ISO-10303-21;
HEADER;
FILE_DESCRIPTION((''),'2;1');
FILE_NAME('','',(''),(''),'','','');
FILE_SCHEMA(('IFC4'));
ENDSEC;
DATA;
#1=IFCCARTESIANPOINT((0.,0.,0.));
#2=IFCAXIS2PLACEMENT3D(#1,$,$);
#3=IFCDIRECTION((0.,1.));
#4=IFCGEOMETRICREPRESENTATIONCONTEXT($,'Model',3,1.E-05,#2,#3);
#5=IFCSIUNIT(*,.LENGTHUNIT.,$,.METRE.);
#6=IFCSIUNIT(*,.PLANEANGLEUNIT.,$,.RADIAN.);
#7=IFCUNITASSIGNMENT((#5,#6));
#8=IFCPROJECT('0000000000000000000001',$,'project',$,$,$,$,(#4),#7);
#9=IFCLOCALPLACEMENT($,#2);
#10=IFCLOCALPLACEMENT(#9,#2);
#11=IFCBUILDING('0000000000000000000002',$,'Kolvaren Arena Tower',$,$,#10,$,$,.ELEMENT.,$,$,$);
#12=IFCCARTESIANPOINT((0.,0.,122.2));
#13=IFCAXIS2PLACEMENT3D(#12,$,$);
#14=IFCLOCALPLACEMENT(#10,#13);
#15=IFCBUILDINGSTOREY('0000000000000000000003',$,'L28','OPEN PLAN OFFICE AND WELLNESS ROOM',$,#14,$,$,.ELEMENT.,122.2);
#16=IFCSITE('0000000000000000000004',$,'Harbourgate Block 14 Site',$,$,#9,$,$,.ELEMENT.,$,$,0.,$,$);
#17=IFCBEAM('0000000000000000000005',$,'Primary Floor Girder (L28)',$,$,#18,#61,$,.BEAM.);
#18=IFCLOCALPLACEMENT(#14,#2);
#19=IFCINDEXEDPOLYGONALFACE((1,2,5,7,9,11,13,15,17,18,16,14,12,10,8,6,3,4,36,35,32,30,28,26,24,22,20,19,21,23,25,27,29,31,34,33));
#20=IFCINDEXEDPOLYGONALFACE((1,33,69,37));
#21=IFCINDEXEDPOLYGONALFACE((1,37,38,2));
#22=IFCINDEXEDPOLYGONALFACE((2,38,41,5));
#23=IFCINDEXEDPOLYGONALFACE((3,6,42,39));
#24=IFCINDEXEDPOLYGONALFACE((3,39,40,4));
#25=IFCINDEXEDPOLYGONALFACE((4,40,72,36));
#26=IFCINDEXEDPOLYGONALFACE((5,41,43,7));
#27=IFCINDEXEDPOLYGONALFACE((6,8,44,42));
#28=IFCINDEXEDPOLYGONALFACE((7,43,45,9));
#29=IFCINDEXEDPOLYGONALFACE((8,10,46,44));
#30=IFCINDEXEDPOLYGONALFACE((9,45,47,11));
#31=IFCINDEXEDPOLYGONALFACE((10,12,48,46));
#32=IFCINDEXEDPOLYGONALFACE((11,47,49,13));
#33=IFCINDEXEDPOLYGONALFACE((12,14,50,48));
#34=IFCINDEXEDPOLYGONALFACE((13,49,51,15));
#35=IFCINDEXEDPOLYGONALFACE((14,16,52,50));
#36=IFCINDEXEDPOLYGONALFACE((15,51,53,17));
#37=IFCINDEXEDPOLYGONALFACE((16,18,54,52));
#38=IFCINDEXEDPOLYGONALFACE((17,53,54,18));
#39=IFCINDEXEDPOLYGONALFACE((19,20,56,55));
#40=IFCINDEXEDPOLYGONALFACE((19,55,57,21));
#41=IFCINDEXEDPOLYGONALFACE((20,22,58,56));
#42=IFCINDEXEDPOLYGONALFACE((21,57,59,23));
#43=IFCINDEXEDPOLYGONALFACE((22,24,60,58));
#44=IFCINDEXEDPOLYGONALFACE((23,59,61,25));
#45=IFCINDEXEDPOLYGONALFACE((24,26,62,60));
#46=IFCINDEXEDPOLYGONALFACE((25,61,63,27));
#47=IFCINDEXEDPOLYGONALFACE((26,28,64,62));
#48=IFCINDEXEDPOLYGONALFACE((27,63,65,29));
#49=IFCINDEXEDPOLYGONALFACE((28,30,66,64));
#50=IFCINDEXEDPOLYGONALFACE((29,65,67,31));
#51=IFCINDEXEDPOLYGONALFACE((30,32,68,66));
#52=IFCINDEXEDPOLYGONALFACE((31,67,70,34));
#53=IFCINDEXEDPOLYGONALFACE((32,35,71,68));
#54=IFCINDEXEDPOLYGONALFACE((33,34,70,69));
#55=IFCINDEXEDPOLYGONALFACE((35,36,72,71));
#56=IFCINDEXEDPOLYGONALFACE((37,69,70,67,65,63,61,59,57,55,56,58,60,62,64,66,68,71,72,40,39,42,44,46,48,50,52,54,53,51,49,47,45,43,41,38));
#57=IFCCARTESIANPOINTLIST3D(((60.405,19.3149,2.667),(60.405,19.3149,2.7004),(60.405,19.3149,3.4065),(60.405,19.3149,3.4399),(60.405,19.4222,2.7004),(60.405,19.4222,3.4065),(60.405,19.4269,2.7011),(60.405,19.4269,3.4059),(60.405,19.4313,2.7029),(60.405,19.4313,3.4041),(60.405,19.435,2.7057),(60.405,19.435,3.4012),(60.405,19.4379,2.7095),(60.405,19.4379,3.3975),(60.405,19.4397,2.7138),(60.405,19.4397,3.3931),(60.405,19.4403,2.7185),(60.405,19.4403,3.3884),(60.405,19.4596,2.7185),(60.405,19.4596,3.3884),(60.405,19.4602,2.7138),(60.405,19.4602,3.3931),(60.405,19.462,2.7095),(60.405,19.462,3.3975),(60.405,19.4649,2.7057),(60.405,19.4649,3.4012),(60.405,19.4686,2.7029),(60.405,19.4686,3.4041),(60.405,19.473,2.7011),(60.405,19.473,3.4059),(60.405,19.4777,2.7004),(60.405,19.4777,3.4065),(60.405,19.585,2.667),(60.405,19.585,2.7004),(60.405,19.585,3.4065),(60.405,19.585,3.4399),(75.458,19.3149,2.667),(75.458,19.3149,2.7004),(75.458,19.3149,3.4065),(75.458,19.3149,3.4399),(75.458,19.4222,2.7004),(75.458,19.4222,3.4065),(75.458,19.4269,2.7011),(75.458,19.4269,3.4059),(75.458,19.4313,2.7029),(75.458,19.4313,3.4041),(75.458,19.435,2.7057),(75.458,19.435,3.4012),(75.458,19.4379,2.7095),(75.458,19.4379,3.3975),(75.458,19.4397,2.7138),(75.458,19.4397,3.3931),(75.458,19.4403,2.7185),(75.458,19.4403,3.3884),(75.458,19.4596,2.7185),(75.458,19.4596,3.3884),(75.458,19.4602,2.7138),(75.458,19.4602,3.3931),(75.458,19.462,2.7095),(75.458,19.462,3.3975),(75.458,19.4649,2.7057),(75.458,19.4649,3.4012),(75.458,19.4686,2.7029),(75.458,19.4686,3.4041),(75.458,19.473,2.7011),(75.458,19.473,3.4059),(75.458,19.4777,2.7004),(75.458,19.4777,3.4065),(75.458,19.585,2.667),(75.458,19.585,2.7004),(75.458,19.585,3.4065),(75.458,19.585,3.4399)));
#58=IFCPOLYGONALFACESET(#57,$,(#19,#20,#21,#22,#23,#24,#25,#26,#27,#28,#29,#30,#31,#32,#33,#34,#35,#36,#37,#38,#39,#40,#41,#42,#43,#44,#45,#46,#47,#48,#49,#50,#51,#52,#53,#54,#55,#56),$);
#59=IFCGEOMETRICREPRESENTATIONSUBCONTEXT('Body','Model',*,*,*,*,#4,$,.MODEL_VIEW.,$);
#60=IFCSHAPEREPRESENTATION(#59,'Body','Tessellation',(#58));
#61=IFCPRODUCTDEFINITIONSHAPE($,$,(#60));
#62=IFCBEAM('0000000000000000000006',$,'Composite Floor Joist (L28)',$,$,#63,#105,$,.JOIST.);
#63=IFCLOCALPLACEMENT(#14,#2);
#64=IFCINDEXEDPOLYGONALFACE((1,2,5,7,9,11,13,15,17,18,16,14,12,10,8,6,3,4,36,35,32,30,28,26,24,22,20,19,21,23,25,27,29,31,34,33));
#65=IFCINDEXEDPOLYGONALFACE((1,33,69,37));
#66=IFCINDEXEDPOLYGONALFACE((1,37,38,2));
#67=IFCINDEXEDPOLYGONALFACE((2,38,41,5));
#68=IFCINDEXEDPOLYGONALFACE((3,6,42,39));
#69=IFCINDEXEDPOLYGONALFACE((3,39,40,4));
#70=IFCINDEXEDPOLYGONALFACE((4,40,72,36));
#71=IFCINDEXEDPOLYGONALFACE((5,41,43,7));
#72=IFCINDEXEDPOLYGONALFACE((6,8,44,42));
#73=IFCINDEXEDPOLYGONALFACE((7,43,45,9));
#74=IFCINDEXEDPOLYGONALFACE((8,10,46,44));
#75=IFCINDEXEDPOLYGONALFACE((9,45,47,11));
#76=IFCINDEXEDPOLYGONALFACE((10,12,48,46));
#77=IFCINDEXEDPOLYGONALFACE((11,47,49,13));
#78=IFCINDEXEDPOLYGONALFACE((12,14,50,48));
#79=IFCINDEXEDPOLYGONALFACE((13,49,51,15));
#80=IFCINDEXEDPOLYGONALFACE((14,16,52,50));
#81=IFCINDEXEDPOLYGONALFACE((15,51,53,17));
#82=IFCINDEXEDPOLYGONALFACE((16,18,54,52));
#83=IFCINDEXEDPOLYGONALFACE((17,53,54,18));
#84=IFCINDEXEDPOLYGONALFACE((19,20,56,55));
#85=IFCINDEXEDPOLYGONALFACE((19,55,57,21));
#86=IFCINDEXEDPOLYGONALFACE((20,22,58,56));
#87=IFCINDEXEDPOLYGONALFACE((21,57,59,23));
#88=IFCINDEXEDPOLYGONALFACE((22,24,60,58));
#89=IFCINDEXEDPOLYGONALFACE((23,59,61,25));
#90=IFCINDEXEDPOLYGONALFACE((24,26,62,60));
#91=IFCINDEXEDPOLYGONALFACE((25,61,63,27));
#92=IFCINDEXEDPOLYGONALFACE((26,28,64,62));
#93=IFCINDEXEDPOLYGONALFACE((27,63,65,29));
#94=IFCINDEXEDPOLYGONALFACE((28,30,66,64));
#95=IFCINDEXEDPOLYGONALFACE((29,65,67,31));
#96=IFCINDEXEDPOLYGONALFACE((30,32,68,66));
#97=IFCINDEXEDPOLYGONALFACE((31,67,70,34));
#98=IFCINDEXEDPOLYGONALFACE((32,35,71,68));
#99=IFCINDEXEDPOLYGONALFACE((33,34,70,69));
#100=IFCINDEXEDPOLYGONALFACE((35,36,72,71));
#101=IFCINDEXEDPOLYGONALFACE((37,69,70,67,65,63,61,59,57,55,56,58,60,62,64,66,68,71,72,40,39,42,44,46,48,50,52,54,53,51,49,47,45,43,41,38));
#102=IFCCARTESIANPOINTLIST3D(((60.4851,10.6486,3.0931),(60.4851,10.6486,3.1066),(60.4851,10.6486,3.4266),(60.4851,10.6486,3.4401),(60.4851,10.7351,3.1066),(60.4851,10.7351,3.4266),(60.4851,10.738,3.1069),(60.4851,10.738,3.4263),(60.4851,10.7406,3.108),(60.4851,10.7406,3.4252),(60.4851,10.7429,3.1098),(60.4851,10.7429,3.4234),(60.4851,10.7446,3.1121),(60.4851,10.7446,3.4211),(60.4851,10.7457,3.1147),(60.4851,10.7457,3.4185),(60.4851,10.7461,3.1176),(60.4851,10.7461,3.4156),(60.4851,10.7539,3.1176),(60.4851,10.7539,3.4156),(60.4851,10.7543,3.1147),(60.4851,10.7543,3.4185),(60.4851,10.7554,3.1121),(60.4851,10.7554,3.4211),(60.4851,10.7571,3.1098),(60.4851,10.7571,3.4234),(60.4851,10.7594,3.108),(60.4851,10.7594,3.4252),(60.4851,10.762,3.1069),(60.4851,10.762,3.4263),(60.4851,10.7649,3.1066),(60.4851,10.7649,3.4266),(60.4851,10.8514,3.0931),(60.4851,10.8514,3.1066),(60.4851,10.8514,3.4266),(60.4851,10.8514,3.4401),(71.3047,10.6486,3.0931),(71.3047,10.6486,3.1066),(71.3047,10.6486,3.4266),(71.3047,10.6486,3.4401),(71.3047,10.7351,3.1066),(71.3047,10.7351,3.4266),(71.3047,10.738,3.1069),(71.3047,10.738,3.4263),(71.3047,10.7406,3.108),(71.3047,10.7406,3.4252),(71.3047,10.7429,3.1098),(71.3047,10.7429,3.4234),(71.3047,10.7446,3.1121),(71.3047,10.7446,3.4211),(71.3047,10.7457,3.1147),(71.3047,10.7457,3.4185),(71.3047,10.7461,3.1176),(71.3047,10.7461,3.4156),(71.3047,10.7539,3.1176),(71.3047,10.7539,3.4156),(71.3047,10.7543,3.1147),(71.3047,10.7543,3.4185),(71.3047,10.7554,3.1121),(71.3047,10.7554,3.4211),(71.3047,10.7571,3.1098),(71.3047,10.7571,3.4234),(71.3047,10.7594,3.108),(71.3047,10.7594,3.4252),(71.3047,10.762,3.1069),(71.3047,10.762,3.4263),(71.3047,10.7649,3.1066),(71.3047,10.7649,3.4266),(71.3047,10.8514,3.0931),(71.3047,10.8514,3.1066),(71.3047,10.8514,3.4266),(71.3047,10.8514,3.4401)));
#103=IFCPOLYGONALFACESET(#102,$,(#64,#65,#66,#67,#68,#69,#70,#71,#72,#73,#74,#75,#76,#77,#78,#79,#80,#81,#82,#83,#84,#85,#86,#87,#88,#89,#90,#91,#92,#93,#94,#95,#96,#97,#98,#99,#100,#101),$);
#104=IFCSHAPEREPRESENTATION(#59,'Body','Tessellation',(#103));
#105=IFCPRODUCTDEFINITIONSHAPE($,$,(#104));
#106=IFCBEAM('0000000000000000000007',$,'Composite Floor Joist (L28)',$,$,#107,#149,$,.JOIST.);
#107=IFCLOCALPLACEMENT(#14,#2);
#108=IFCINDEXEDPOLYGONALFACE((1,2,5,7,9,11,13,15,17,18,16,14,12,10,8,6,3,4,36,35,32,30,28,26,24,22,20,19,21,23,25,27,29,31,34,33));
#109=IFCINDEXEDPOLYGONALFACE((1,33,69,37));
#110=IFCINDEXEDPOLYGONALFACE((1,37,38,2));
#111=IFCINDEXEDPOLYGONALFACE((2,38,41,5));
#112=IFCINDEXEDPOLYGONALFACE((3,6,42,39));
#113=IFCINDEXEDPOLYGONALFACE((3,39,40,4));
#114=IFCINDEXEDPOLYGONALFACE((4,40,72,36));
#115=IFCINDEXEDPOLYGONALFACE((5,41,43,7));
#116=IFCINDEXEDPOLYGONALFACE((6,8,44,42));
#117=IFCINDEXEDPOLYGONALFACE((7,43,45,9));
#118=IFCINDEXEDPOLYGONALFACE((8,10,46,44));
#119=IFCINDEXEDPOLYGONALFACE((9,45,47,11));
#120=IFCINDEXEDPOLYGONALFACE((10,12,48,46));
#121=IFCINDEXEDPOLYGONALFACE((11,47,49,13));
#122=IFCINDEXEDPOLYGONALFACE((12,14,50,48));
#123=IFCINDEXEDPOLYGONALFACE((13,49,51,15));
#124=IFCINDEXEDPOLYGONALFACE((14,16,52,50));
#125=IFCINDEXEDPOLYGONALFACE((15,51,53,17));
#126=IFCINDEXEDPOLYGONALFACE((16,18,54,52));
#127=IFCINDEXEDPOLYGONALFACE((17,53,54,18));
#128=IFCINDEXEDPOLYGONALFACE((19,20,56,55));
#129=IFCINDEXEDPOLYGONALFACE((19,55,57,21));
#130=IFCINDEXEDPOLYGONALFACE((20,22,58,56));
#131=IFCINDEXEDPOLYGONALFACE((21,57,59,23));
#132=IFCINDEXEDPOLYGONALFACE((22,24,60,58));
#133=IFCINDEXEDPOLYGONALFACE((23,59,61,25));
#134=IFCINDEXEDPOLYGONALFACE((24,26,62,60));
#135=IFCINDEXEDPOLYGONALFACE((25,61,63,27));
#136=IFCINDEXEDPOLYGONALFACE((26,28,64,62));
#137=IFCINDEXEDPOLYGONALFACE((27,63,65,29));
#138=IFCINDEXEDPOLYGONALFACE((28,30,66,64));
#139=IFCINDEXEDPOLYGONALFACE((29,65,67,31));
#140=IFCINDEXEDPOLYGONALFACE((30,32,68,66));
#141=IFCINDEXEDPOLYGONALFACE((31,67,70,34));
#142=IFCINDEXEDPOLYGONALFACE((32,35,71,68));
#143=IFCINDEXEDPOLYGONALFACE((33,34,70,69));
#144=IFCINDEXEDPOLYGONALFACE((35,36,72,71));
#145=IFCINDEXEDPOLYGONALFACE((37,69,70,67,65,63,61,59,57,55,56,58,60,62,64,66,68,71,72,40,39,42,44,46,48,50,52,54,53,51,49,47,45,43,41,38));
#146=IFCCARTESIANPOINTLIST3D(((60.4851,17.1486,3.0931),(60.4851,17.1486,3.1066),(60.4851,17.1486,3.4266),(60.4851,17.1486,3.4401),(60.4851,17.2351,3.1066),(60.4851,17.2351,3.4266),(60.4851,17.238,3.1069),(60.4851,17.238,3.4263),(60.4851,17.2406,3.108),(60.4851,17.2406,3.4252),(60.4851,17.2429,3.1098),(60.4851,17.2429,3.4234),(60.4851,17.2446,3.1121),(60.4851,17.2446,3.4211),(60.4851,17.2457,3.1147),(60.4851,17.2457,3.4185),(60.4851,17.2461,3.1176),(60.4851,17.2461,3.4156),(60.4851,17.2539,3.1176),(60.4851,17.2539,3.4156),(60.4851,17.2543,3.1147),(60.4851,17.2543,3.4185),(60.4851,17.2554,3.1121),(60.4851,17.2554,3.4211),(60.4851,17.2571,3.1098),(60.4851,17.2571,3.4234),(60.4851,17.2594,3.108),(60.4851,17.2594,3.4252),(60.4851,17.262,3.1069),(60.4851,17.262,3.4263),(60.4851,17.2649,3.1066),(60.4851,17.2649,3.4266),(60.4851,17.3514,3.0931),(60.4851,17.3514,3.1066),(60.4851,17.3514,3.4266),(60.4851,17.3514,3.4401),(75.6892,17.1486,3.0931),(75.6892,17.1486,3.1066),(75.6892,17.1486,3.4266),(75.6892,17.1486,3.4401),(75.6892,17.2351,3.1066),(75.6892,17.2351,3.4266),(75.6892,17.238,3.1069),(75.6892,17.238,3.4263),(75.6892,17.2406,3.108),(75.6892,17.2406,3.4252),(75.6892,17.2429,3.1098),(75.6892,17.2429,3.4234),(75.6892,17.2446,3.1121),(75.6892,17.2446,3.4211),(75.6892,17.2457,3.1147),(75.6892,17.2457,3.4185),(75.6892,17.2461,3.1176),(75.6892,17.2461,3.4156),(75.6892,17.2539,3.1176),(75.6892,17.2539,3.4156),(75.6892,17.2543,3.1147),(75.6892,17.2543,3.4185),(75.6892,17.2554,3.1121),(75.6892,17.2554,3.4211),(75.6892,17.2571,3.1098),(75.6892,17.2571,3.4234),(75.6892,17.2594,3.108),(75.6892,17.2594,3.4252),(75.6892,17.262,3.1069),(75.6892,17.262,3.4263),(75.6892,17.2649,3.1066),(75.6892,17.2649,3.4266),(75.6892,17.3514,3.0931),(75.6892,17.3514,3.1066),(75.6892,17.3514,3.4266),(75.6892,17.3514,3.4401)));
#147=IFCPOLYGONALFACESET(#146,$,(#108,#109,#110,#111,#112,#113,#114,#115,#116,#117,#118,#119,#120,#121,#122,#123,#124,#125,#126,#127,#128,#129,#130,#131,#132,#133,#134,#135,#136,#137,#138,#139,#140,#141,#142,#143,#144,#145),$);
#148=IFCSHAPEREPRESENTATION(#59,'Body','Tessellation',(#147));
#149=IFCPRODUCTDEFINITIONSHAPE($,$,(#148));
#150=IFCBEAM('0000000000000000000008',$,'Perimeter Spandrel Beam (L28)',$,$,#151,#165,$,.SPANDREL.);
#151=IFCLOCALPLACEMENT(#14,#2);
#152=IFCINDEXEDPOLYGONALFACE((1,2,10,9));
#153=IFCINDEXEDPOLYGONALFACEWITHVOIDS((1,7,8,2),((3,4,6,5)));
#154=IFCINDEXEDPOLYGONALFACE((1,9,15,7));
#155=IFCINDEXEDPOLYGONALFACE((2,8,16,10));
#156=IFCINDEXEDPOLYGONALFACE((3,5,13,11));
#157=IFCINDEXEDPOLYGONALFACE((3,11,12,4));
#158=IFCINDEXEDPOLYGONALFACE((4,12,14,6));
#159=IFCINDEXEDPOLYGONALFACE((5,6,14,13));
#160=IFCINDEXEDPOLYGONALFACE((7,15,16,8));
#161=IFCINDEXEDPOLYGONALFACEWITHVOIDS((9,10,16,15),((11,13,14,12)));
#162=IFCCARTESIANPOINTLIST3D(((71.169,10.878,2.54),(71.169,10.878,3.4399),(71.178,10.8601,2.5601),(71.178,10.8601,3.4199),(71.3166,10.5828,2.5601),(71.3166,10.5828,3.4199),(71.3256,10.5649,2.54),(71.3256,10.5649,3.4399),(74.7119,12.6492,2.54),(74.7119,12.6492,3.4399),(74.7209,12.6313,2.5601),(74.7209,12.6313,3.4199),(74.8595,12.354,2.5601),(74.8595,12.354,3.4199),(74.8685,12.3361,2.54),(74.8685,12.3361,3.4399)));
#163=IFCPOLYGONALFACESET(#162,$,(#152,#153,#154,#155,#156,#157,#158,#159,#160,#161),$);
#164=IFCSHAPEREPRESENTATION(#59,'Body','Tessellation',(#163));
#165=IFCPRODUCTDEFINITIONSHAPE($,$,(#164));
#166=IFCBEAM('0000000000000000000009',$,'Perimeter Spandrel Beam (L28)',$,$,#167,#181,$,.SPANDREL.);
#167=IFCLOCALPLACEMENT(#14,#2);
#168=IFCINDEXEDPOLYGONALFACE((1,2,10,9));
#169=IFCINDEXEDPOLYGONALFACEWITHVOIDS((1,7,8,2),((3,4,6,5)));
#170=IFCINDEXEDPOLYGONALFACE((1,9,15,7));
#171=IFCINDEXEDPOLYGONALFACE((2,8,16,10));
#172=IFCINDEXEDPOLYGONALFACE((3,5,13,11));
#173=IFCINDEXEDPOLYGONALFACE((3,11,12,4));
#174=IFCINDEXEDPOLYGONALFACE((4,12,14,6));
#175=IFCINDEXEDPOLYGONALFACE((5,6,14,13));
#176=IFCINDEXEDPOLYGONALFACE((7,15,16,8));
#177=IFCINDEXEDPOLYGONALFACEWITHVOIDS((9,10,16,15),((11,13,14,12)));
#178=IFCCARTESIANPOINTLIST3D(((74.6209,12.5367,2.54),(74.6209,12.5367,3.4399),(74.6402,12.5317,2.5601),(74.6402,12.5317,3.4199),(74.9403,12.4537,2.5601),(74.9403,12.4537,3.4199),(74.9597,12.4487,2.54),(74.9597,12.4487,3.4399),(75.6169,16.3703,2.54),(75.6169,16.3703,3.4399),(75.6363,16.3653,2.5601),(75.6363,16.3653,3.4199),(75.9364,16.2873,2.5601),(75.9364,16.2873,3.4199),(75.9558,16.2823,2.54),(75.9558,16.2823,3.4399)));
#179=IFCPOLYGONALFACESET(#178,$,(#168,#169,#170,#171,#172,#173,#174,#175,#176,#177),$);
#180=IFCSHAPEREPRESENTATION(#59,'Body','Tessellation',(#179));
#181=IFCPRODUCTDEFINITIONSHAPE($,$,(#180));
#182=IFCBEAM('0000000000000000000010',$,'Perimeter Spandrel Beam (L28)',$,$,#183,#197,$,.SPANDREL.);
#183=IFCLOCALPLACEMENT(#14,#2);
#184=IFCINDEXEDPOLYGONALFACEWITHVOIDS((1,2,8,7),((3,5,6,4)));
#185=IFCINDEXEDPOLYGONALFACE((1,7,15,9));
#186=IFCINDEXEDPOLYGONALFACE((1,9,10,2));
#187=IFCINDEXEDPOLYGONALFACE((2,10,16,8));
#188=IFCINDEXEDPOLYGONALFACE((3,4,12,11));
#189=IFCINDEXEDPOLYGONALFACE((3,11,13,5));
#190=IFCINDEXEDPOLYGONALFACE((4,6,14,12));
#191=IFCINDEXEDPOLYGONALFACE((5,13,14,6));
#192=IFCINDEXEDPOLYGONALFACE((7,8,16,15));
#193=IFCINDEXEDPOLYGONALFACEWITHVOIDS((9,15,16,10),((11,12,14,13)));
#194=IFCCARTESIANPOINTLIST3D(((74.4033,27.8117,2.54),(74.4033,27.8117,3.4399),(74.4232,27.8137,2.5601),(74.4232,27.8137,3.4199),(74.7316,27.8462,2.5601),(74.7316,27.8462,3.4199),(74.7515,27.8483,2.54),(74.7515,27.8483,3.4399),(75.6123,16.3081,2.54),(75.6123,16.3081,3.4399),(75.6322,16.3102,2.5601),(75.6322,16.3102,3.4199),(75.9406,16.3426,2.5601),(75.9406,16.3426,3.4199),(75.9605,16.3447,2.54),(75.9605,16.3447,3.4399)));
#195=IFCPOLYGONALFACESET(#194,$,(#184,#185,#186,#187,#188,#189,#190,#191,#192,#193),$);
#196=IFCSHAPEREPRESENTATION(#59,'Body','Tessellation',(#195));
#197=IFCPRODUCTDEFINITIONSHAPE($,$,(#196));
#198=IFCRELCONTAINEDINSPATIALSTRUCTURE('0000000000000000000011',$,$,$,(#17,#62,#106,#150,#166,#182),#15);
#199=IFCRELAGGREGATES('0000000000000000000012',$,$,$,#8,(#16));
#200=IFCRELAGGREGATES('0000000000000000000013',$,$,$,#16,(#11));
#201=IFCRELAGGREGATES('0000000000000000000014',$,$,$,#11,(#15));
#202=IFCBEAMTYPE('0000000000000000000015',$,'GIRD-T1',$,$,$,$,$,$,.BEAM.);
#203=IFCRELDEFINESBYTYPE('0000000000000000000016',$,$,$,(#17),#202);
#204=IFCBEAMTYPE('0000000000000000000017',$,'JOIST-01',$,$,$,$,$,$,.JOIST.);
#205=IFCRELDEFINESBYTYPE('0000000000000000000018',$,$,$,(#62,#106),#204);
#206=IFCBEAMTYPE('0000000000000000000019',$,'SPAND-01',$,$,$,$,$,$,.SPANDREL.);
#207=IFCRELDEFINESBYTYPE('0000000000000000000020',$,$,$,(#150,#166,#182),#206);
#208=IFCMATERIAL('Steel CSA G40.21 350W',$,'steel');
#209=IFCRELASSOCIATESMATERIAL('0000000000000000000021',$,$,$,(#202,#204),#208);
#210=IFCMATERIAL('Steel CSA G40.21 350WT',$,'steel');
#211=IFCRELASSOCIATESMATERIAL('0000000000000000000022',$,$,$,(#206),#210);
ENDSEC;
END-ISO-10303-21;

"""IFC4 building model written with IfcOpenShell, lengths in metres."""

from ifc_helpers import new_model, si_unit, direction, frame, origin, origin_2d, place, context, subcontext, project, spatial, hollow_rectangle, i_section, extrude, material, material_profile, profile_set, type_object, element, save


model = new_model("IFC4")

# Units and contexts
model_context = context("Model", 3, precision=1e-05, world=origin(), true_north=direction((0.0, 1.0)))
body_context = subcontext(model_context, "Body", "Model", "MODEL_VIEW")
ifc_project = project(units=[si_unit("LENGTHUNIT", "METRE"), si_unit("PLANEANGLEUNIT", "RADIAN")], contexts=[model_context])

# Site, building, storey
site_placement = place(None, origin())
site = spatial("IfcSite", under=ifc_project, at=site_placement, Name="Harbourgate Block 14 Site", CompositionType="ELEMENT", RefElevation=0.0)
building_placement = place(site_placement, origin())
building = spatial("IfcBuilding", under=site, at=building_placement, Name="Kolvaren Arena Tower", CompositionType="ELEMENT")
storey_placement = place(building_placement, frame((0.0, 0.0, 122.2)))
storey = spatial("IfcBuildingStorey", under=building, at=storey_placement, Name="L28", Description="OPEN PLAN OFFICE AND WELLNESS ROOM", CompositionType="ELEMENT", Elevation=122.2)

# Beams
ifc_material_1 = material(Name="Steel CSA G40.21 350W", Category="steel")
ifc_material_profile_1 = material_profile(ifc_material_1, i_section(OverallWidth=0.27, OverallDepth=0.7729, WebThickness=0.0193, FlangeThickness=0.0334, FilletRadius=0.0181, at=origin_2d()), Name="W760x257")
ifc_profile_set_1 = profile_set([ifc_material_profile_1], Name="Steel CSA G40.21 350W")
beam_type_1 = type_object("IfcBeamType", Name="GIRD-T1", PredefinedType="BEAM", material=ifc_profile_set_1)
beam_1_placement = place(storey_placement, frame((60.405, 19.45, 3.0535), z_axis=(1.0, 0.0, 0.0), x_axis=(0.0, 1.0, 0.0)))
element("IfcBeam", 1, at=beam_1_placement, inside=storey, type_object=beam_type_1, Name="Primary Floor Girder (L28)", PredefinedType="BEAM", context=body_context, shape_type="SweptSolid", body=[
    extrude(i_section(OverallWidth=0.27, OverallDepth=0.7729, WebThickness=0.0193, FlangeThickness=0.0334, FilletRadius=0.0181, at=origin_2d()), origin(), (0.0, 0.0, 1.0), 15.053),
])
ifc_material_profile_2 = material_profile(ifc_material_1, i_section(OverallWidth=0.2029, OverallDepth=0.3469, WebThickness=0.0078, FlangeThickness=0.0134, FilletRadius=0.011, at=origin_2d()), Name="W360x64")
ifc_profile_set_2 = profile_set([ifc_material_profile_2], Name="Steel CSA G40.21 350W")
beam_type_2 = type_object("IfcBeamType", Name="JOIST-01", PredefinedType="JOIST", material=ifc_profile_set_2)
beam_2_placement = place(storey_placement, frame((60.4851, 10.75, 3.2666), z_axis=(1.0, 0.0, 0.0), x_axis=(0.0, 1.0, 0.0)))
element("IfcBeam", 2, at=beam_2_placement, inside=storey, type_object=beam_type_2, Name="Composite Floor Joist (L28)", PredefinedType="JOIST", context=body_context, shape_type="SweptSolid", body=[
    extrude(i_section(OverallWidth=0.2029, OverallDepth=0.3469, WebThickness=0.0078, FlangeThickness=0.0134, FilletRadius=0.011, at=origin_2d()), origin(), (0.0, 0.0, 1.0), 10.8196),
])
beam_3_placement = place(storey_placement, frame((60.4851, 17.25, 3.2666), z_axis=(1.0, 0.0, 0.0), x_axis=(0.0, 1.0, 0.0)))
element("IfcBeam", 3, at=beam_3_placement, inside=storey, type_object=beam_type_2, Name="Composite Floor Joist (L28)", PredefinedType="JOIST", context=body_context, shape_type="SweptSolid", body=[
    extrude(i_section(OverallWidth=0.2029, OverallDepth=0.3469, WebThickness=0.0078, FlangeThickness=0.0134, FilletRadius=0.011, at=origin_2d()), origin(), (0.0, 0.0, 1.0), 15.2041),
])
ifc_material_2 = material(Name="Steel CSA G40.21 350WT", Category="steel")
ifc_material_profile_3 = material_profile(ifc_material_2, hollow_rectangle(XDim=0.3501, YDim=0.8999, WallThickness=0.02, at=origin_2d()), Name="HSS 900x350x20")
ifc_profile_set_3 = profile_set([ifc_material_profile_3], Name="Steel CSA G40.21 350WT")
beam_type_3 = type_object("IfcBeamType", Name="SPAND-01", PredefinedType="SPANDREL", material=ifc_profile_set_3)
for number, where, z_axis, x_axis, name in (
    (4, (71.2473, 10.7214, 2.99), (0.894452, 0.447164, 0.0), (-0.447164, 0.894452, 0.0), "Perimeter Spandrel Beam (L28)"),
    (5, (74.7903, 12.4927, 2.99), (0.251473, 0.967864, 0.0), (-0.967864, 0.251473, 0.0), "Perimeter Spandrel Beam (L28)"),
):
    element("IfcBeam", number, at=place(storey_placement, frame(where, z_axis=z_axis, x_axis=x_axis)), inside=storey, type_object=beam_type_3, Name=name, PredefinedType="SPANDREL", context=body_context, shape_type="SweptSolid", body=[
        extrude(hollow_rectangle(XDim=0.3501, YDim=0.8999, WallThickness=0.02, at=origin_2d()), origin(), (0.0, 0.0, 1.0), 3.9609),
    ])
beam_4_placement = place(storey_placement, frame((75.7864, 16.3264, 2.99), z_axis=(-0.104522, 0.994523, 0.0), x_axis=(-0.994523, -0.104522, 0.0)))
element("IfcBeam", 6, at=beam_4_placement, inside=storey, type_object=beam_type_3, Name="Perimeter Spandrel Beam (L28)", PredefinedType="SPANDREL", context=body_context, shape_type="SweptSolid", body=[
    extrude(hollow_rectangle(XDim=0.3501, YDim=0.8999, WallThickness=0.02, at=origin_2d()), origin(), (0.0, 0.0, 1.0), 11.5669),
])

save(model, "model.ifc")
